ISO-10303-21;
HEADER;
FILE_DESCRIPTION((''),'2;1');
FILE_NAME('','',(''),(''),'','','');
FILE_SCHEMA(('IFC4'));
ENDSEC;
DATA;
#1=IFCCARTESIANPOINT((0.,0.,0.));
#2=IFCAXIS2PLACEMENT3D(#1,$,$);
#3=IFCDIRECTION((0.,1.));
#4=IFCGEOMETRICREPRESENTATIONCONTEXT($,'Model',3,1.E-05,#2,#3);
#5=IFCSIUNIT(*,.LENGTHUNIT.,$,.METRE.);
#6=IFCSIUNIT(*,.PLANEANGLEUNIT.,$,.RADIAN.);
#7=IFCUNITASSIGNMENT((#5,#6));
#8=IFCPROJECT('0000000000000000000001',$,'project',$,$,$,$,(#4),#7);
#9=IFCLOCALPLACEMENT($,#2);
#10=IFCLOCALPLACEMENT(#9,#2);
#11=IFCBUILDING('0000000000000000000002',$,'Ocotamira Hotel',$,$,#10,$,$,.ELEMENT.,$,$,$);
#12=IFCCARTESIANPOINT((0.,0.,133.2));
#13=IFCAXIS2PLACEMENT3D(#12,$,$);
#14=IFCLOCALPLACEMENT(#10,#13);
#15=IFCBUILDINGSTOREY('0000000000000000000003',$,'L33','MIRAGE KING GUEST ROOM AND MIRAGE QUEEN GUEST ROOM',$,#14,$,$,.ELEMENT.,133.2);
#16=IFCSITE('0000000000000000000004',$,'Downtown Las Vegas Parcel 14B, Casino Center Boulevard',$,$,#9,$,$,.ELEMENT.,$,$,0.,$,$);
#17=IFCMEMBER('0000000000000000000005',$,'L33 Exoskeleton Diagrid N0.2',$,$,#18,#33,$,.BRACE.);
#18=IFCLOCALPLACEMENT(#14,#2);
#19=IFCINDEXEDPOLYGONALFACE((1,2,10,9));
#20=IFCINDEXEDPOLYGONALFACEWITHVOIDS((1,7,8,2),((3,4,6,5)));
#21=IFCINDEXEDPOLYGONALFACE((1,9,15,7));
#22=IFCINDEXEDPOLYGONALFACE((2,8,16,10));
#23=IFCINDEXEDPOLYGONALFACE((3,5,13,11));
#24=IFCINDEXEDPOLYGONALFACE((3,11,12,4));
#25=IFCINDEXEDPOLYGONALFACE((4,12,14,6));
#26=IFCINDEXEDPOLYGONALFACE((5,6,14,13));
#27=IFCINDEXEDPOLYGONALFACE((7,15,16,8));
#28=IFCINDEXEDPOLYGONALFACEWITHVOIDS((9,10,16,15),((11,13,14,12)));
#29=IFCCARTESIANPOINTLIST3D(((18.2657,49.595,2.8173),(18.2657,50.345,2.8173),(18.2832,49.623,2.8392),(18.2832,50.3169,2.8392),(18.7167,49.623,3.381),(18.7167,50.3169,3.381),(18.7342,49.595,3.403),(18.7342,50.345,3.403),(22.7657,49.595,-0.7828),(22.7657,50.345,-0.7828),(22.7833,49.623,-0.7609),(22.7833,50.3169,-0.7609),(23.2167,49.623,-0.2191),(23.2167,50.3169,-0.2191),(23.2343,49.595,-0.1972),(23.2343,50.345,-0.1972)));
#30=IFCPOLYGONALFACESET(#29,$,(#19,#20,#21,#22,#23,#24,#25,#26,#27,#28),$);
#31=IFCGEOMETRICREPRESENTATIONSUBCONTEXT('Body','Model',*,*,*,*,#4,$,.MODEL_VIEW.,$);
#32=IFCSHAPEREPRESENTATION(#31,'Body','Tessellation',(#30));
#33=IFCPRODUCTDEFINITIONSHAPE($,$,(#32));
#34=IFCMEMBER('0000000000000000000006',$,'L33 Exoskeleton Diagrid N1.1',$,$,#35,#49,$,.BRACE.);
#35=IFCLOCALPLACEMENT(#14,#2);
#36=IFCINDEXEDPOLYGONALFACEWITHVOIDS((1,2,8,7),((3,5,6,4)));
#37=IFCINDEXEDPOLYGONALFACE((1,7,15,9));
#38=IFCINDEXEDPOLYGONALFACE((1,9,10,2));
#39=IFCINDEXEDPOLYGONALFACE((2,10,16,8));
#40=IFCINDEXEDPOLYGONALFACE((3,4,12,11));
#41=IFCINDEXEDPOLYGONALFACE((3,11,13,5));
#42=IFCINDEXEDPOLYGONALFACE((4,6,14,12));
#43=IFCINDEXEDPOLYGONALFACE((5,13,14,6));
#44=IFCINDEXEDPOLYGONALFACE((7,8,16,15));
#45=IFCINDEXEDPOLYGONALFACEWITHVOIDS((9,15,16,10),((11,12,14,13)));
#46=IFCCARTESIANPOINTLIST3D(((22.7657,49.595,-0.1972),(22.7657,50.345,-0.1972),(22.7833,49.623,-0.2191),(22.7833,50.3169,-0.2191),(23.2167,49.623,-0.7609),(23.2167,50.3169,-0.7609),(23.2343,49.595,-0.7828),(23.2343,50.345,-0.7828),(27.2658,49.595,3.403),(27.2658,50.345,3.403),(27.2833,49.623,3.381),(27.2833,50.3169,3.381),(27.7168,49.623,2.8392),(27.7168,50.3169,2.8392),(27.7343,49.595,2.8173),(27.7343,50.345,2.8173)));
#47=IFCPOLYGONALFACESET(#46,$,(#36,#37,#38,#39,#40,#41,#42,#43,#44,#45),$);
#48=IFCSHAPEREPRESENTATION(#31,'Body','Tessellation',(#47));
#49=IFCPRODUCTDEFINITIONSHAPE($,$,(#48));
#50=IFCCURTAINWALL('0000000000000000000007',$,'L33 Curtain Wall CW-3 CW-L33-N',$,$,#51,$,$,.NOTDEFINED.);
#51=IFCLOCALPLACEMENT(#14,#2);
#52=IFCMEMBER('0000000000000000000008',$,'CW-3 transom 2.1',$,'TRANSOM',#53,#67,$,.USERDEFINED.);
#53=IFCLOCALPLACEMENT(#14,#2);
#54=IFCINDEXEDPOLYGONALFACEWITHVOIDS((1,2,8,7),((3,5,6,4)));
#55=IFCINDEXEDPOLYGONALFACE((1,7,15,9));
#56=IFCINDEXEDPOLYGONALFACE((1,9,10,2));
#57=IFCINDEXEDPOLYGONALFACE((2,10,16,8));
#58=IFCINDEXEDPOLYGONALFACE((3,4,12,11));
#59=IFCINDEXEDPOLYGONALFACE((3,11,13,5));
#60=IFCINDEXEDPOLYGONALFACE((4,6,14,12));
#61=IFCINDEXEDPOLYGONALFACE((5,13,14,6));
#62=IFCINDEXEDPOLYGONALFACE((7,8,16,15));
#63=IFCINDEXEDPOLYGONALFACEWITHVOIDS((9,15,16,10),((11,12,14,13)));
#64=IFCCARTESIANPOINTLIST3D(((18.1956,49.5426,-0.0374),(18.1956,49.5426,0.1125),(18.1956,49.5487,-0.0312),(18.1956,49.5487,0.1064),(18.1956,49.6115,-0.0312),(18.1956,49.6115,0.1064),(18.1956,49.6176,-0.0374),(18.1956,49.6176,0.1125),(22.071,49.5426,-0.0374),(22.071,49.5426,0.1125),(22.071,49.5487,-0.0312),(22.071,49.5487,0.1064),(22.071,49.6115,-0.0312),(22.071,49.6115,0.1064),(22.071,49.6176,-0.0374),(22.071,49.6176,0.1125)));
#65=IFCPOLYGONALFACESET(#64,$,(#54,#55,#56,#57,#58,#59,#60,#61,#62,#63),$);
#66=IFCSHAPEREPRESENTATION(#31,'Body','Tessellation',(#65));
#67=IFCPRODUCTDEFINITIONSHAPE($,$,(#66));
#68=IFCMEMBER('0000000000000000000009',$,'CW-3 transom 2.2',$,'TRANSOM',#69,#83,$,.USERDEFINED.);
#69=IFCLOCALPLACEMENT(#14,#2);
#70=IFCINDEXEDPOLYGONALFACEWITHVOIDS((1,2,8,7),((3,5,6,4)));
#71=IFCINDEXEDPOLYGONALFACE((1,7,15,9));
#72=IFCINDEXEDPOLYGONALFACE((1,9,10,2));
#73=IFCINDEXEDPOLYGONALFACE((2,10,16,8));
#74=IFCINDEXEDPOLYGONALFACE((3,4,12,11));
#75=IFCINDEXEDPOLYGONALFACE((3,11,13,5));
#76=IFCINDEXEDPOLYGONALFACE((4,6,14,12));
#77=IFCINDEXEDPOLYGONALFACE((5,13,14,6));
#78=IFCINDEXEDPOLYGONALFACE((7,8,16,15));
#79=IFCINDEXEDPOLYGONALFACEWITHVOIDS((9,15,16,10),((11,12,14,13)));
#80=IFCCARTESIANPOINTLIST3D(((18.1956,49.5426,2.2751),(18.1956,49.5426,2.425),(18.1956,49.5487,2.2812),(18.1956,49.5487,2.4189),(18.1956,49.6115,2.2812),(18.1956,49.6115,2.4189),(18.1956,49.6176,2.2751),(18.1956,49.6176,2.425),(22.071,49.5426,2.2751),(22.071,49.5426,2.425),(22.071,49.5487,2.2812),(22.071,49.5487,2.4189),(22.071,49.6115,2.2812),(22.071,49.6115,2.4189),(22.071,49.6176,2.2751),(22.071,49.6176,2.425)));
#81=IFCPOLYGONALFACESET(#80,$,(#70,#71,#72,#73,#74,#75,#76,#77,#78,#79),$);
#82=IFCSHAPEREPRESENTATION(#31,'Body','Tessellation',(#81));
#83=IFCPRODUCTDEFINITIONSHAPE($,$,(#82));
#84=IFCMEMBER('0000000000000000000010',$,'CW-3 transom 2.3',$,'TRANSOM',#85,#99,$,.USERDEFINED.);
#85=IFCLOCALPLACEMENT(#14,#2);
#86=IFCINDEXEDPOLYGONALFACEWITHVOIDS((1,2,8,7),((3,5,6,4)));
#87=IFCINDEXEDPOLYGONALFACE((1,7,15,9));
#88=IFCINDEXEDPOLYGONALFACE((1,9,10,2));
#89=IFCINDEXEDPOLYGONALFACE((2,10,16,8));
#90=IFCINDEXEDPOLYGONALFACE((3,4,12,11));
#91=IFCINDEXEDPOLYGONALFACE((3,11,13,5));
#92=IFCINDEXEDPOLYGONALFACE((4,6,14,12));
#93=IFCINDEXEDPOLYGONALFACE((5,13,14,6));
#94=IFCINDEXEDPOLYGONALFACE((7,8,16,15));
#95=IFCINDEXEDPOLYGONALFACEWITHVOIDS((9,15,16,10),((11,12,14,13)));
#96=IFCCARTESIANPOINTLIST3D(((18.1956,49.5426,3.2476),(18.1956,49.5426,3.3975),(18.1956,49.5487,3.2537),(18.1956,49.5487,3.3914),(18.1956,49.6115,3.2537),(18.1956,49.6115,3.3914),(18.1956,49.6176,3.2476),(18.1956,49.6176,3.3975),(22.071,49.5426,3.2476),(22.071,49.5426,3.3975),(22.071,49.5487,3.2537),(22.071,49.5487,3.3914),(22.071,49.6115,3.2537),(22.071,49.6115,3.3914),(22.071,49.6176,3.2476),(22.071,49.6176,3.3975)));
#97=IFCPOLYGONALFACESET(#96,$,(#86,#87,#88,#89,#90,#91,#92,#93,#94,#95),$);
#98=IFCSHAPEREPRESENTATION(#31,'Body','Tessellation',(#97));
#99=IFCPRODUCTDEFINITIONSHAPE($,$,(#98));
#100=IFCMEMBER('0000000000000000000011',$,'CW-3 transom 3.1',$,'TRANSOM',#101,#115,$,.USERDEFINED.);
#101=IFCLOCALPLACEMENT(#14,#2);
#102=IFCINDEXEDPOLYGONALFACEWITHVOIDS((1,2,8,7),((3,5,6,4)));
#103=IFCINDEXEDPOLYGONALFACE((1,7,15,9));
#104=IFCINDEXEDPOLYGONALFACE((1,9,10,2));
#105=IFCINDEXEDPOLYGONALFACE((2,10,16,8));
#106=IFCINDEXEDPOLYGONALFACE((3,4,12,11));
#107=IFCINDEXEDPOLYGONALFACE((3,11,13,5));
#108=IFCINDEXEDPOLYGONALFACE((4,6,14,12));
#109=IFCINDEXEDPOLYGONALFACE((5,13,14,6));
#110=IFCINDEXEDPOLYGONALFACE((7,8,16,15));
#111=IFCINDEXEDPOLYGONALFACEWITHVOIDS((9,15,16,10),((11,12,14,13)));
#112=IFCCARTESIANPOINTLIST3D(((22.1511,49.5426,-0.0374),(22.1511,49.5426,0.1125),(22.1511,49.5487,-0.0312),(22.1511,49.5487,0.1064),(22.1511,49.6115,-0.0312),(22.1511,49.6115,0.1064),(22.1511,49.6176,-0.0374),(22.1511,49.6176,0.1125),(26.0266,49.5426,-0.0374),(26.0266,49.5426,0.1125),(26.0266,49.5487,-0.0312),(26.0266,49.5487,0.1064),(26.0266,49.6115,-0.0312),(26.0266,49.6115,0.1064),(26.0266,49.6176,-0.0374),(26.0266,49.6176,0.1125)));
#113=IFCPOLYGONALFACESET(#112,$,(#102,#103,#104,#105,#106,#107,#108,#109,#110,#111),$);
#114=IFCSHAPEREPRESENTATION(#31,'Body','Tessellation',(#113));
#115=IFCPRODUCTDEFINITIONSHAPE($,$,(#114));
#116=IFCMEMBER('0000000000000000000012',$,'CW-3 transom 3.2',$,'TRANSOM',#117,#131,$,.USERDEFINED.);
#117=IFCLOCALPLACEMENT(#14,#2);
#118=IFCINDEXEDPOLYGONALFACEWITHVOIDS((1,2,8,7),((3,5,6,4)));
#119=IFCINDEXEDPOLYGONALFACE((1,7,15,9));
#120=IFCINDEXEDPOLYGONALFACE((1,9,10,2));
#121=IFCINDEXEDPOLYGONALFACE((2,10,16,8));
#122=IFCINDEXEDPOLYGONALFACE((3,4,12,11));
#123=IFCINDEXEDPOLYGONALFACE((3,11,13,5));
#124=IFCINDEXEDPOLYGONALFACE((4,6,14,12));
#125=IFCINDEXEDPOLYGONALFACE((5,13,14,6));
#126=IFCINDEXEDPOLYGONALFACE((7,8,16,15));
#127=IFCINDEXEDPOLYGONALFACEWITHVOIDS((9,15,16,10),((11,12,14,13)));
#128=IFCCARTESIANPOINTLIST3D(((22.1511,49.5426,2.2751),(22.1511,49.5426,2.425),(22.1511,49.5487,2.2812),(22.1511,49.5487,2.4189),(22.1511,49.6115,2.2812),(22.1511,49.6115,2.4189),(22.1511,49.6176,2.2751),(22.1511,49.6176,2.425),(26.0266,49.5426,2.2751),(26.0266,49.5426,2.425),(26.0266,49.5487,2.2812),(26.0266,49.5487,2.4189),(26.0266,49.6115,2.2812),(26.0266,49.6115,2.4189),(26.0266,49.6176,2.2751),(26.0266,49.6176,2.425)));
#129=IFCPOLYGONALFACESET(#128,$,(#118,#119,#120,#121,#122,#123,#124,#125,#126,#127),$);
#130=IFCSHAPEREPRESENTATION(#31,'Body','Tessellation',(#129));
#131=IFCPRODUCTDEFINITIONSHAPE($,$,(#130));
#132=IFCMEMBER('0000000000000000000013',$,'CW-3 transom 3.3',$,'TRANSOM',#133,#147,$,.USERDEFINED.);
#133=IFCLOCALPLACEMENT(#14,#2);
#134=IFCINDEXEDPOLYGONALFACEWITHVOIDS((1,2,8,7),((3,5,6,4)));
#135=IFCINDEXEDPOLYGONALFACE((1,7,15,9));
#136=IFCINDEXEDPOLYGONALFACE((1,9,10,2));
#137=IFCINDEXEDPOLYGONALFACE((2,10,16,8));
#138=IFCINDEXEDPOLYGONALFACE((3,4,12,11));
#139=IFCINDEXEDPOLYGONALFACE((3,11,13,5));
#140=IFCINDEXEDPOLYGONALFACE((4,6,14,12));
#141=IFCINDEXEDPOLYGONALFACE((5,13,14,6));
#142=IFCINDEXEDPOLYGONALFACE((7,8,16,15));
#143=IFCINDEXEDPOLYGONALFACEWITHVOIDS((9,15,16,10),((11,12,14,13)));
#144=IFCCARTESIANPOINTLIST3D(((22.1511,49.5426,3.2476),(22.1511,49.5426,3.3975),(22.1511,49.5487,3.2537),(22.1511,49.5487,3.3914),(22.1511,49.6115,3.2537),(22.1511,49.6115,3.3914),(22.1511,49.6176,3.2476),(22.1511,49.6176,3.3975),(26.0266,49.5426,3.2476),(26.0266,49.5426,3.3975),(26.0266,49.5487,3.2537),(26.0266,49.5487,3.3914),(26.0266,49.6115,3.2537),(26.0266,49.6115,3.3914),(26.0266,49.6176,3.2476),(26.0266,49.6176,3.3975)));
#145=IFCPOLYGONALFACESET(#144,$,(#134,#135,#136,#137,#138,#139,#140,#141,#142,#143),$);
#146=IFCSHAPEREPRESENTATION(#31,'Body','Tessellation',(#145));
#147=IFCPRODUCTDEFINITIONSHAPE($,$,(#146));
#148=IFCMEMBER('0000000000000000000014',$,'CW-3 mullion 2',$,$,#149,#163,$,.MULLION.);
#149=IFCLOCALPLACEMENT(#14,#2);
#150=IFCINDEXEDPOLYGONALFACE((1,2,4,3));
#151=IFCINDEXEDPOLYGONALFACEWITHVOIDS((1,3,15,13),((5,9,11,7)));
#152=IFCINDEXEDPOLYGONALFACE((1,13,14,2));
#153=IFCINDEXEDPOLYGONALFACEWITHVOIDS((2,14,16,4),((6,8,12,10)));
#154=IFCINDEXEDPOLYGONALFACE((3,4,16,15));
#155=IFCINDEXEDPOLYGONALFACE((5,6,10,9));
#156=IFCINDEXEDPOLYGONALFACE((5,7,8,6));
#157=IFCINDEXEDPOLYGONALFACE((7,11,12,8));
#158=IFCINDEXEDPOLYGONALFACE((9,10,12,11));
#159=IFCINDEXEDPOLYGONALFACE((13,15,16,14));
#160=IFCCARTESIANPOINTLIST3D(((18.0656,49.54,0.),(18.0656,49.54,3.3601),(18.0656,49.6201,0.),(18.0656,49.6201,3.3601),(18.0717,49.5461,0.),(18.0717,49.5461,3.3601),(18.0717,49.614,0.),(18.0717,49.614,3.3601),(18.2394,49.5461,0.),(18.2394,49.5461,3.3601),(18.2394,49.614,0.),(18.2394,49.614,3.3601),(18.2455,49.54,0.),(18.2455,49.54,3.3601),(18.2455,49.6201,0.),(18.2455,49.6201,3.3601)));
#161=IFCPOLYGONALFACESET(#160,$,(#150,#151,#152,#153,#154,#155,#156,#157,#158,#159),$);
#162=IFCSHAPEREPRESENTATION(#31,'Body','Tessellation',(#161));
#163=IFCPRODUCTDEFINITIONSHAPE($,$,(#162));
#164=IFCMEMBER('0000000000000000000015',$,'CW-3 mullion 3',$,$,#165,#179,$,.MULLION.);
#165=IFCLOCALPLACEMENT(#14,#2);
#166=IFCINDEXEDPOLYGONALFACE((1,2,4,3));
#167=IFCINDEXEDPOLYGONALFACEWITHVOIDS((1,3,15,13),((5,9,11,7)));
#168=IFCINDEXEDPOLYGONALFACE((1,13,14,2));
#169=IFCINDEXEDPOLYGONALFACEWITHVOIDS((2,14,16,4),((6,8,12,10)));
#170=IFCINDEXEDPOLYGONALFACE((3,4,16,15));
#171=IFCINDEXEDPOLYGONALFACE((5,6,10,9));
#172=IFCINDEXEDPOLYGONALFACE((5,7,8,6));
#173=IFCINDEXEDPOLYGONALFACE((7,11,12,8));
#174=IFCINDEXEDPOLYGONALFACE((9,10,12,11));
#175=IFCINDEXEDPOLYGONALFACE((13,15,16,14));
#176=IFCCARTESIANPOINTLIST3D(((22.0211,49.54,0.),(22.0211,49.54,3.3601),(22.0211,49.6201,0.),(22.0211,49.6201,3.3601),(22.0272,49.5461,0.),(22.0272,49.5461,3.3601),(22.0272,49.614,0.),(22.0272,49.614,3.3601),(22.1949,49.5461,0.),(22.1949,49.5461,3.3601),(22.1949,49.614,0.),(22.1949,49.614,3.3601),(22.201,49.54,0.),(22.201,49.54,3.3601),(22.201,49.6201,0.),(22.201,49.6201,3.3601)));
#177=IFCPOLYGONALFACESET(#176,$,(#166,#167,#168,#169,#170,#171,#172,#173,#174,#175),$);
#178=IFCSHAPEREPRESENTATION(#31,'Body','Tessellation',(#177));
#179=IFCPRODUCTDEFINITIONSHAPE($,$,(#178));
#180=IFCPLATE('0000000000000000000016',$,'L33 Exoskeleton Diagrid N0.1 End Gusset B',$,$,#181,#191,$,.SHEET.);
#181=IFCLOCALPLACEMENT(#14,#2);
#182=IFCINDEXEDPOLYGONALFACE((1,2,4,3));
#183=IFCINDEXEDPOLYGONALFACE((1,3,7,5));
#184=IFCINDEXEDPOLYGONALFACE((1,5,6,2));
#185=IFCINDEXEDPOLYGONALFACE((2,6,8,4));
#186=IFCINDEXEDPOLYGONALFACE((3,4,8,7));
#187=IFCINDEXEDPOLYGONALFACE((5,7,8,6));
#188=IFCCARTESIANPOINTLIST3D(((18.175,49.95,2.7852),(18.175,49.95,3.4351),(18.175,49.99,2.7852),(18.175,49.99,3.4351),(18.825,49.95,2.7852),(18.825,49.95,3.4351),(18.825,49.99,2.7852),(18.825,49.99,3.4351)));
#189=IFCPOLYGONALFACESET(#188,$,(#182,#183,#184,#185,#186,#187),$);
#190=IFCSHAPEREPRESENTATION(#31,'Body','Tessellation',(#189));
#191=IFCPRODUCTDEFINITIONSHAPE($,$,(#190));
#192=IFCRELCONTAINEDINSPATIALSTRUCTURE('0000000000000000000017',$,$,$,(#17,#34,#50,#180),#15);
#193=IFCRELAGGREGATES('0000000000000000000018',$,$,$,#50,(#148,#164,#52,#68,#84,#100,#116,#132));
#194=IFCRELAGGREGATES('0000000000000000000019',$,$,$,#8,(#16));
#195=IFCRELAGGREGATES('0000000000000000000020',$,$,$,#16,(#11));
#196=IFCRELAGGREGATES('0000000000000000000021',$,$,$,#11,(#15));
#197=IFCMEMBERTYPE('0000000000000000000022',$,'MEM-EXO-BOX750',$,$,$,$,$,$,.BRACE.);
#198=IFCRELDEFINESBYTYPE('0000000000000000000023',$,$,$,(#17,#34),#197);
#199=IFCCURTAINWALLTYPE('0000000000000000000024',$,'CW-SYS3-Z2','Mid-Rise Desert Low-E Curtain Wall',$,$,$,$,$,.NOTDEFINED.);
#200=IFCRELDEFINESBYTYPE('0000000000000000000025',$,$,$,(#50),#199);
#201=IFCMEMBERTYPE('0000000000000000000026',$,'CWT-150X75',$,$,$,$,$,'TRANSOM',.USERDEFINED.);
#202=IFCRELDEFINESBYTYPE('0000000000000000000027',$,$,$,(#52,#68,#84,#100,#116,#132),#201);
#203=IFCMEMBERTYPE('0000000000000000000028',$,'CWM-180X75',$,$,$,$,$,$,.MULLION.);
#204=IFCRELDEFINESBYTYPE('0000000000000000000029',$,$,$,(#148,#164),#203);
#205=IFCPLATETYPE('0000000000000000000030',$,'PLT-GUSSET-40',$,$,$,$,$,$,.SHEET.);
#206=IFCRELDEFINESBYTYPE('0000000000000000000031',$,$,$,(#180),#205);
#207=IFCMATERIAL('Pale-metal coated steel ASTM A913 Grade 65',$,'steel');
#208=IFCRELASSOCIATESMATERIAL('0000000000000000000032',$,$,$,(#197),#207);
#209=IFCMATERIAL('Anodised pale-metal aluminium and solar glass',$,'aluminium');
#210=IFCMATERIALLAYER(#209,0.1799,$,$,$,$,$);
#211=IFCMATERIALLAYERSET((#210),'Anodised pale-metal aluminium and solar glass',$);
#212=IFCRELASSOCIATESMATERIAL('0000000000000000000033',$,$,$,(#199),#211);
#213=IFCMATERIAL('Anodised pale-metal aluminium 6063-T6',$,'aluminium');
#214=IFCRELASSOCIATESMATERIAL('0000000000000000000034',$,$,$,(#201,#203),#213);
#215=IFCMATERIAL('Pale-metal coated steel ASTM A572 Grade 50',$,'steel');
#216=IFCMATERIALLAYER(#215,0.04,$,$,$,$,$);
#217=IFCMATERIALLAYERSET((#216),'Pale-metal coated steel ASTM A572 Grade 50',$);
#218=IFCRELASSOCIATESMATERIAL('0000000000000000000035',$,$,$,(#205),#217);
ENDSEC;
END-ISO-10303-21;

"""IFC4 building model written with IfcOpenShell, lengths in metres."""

from ifc_helpers import new_model, si_unit, direction, frame, origin, origin_2d, place, context, subcontext, project, spatial, rectangle, hollow_rectangle, extrude, source, transform, mapped, material, layer, layer_set, material_profile, profile_set, type_object, element, aggregate, save


model = new_model("IFC4")

# Units and contexts
model_context = context("Model", 3, precision=1e-05, world=origin(), true_north=direction((0.0, 1.0)))
body_context = subcontext(model_context, "Body", "Model", "MODEL_VIEW")
ifc_project = project(units=[si_unit("LENGTHUNIT", "METRE"), si_unit("PLANEANGLEUNIT", "RADIAN")], contexts=[model_context])

# Site, building, storey
site_placement = place(None, origin())
site = spatial("IfcSite", under=ifc_project, at=site_placement, Name="Downtown Las Vegas Parcel 14B, Casino Center Boulevard", CompositionType="ELEMENT", RefElevation=0.0)
building_placement = place(site_placement, origin())
building = spatial("IfcBuilding", under=site, at=building_placement, Name="Ocotamira Hotel", CompositionType="ELEMENT")
storey_placement = place(building_placement, frame((0.0, 0.0, 133.2)))
storey = spatial("IfcBuildingStorey", under=building, at=storey_placement, Name="L33", Description="MIRAGE KING GUEST ROOM AND MIRAGE QUEEN GUEST ROOM", CompositionType="ELEMENT", Elevation=133.2)

# Members
ifc_material_1 = material(Name="Pale-metal coated steel ASTM A913 Grade 65", Category="steel")
ifc_material_profile_1 = material_profile(ifc_material_1, hollow_rectangle(XDim=0.75, YDim=0.75, WallThickness=0.0281, at=origin_2d()), Name="BOX750X750X28")
ifc_profile_set_1 = profile_set([ifc_material_profile_1], Name="Pale-metal coated steel ASTM A913 Grade 65")
member_type_1 = type_object("IfcMemberType", Name="MEM-EXO-BOX750", PredefinedType="BRACE", material=ifc_profile_set_1)
shared_shape_1 = source(origin(), body_context, "Body", "SweptSolid", [
    extrude(hollow_rectangle(XDim=0.75, YDim=0.75, WallThickness=0.0281, at=origin_2d()), origin(), (0.0, 0.0, 1.0), 5.7629),
])
for number, where, z_axis, x_axis, name in (
    (1, (23.0, 49.97, -0.49), (-0.780861, 0.0, 0.624705), (0.0, -1.0, 0.0), "L33 Exoskeleton Diagrid N0.2"),
    (2, (23.0, 49.97, -0.49), (0.780861, 0.0, 0.624705), (0.0, 1.0, 0.0), "L33 Exoskeleton Diagrid N1.1"),
):
    element("IfcMember", number, at=place(storey_placement, frame(where, z_axis=z_axis, x_axis=x_axis)), inside=storey, type_object=member_type_1, Name=name, PredefinedType="BRACE", context=body_context, shape_type="MappedRepresentation", body=[
        mapped(shared_shape_1, transform((0.0, 0.0, 0.0), scale=1.0)),
    ])

# Curtain wall, members
ifc_material_2 = material(Name="Anodised pale-metal aluminium and solar glass", Category="aluminium")
ifc_layer_1 = layer(ifc_material_2, 0.1799)
ifc_layer_set_1 = layer_set([ifc_layer_1], Name="Anodised pale-metal aluminium and solar glass")
curtain_wall_type = type_object("IfcCurtainWallType", Name="CW-SYS3-Z2", Description="Mid-Rise Desert Low-E Curtain Wall", PredefinedType="NOTDEFINED", material=ifc_layer_set_1)
curtain_wall_placement = place(storey_placement, origin())
curtain_wall = element("IfcCurtainWall", 3, at=curtain_wall_placement, inside=storey, type_object=curtain_wall_type, Name="L33 Curtain Wall CW-3 CW-L33-N", PredefinedType="NOTDEFINED")
ifc_material_3 = material(Name="Anodised pale-metal aluminium 6063-T6", Category="aluminium")
ifc_material_profile_2 = material_profile(ifc_material_3, hollow_rectangle(XDim=0.075, YDim=0.1499, WallThickness=0.0061, at=origin_2d()), Name="HSS150X75X6")
ifc_profile_set_2 = profile_set([ifc_material_profile_2], Name="Anodised pale-metal aluminium 6063-T6")
member_type_2 = type_object("IfcMemberType", Name="CWT-150X75", ElementType="TRANSOM", PredefinedType="USERDEFINED", material=ifc_profile_set_2)
shared_shape_2 = source(origin(), body_context, "Body", "SweptSolid", [
    extrude(hollow_rectangle(XDim=0.075, YDim=0.1499, WallThickness=0.0061, at=origin_2d()), origin(), (0.0, 0.0, 1.0), 3.8755),
])
member_1_placement = place(storey_placement, frame((18.1956, 49.5801, 0.0376), z_axis=(1.0, 0.0, 0.0), x_axis=(0.0, 1.0, 0.0)))
member_1 = element("IfcMember", 4, at=member_1_placement, type_object=member_type_2, Name="CW-3 transom 2.1", ObjectType="TRANSOM", PredefinedType="USERDEFINED", context=body_context, shape_type="MappedRepresentation", body=[
    mapped(shared_shape_2, transform((0.0, 0.0, 0.0), scale=1.0)),
])
member_2_placement = place(storey_placement, frame((18.1956, 49.5801, 2.3501), z_axis=(1.0, 0.0, 0.0), x_axis=(0.0, 1.0, 0.0)))
member_2 = element("IfcMember", 5, at=member_2_placement, type_object=member_type_2, Name="CW-3 transom 2.2", ObjectType="TRANSOM", PredefinedType="USERDEFINED", context=body_context, shape_type="MappedRepresentation", body=[
    mapped(shared_shape_2, transform((0.0, 0.0, 0.0), scale=1.0)),
])
member_3_placement = place(storey_placement, frame((18.1956, 49.5801, 3.3225), z_axis=(1.0, 0.0, 0.0), x_axis=(0.0, 1.0, 0.0)))
member_3 = element("IfcMember", 6, at=member_3_placement, type_object=member_type_2, Name="CW-3 transom 2.3", ObjectType="TRANSOM", PredefinedType="USERDEFINED", context=body_context, shape_type="MappedRepresentation", body=[
    mapped(shared_shape_2, transform((0.0, 0.0, 0.0), scale=1.0)),
])
member_4_placement = place(storey_placement, frame((22.1511, 49.5801, 0.0376), z_axis=(1.0, 0.0, 0.0), x_axis=(0.0, 1.0, 0.0)))
member_4 = element("IfcMember", 7, at=member_4_placement, type_object=member_type_2, Name="CW-3 transom 3.1", ObjectType="TRANSOM", PredefinedType="USERDEFINED", context=body_context, shape_type="MappedRepresentation", body=[
    mapped(shared_shape_2, transform((0.0, 0.0, 0.0), scale=1.0)),
])
member_5_placement = place(storey_placement, frame((22.1511, 49.5801, 2.3501), z_axis=(1.0, 0.0, 0.0), x_axis=(0.0, 1.0, 0.0)))
member_5 = element("IfcMember", 8, at=member_5_placement, type_object=member_type_2, Name="CW-3 transom 3.2", ObjectType="TRANSOM", PredefinedType="USERDEFINED", context=body_context, shape_type="MappedRepresentation", body=[
    mapped(shared_shape_2, transform((0.0, 0.0, 0.0), scale=1.0)),
])
member_6_placement = place(storey_placement, frame((22.1511, 49.5801, 3.3225), z_axis=(1.0, 0.0, 0.0), x_axis=(0.0, 1.0, 0.0)))
member_6 = element("IfcMember", 9, at=member_6_placement, type_object=member_type_2, Name="CW-3 transom 3.3", ObjectType="TRANSOM", PredefinedType="USERDEFINED", context=body_context, shape_type="MappedRepresentation", body=[
    mapped(shared_shape_2, transform((0.0, 0.0, 0.0), scale=1.0)),
])
ifc_material_profile_3 = material_profile(ifc_material_3, hollow_rectangle(XDim=0.0801, YDim=0.1799, WallThickness=0.0061, at=origin_2d()), Name="HSS180X80X6")
ifc_profile_set_3 = profile_set([ifc_material_profile_3], Name="Anodised pale-metal aluminium 6063-T6")
member_type_3 = type_object("IfcMemberType", Name="CWM-180X75", PredefinedType="MULLION", material=ifc_profile_set_3)
shared_shape_3 = source(origin(), body_context, "Body", "SweptSolid", [
    extrude(hollow_rectangle(XDim=0.0801, YDim=0.1799, WallThickness=0.0061, at=origin_2d()), origin(), (0.0, 0.0, 1.0), 3.3601),
])
member_7_placement = place(storey_placement, frame((18.1555, 49.5801, 0.0), z_axis=(0.0, 0.0, 1.0), x_axis=(0.0, 1.0, 0.0)))
member_7 = element("IfcMember", 10, at=member_7_placement, type_object=member_type_3, Name="CW-3 mullion 2", PredefinedType="MULLION", context=body_context, shape_type="MappedRepresentation", body=[
    mapped(shared_shape_3, transform((0.0, 0.0, 0.0), scale=1.0)),
])
member_8_placement = place(storey_placement, frame((22.1111, 49.5801, 0.0), z_axis=(0.0, 0.0, 1.0), x_axis=(0.0, 1.0, 0.0)))
member_8 = element("IfcMember", 11, at=member_8_placement, type_object=member_type_3, Name="CW-3 mullion 3", PredefinedType="MULLION", context=body_context, shape_type="MappedRepresentation", body=[
    mapped(shared_shape_3, transform((0.0, 0.0, 0.0), scale=1.0)),
])

# Plate
ifc_material_4 = material(Name="Pale-metal coated steel ASTM A572 Grade 50", Category="steel")
ifc_layer_2 = layer(ifc_material_4, 0.04)
ifc_layer_set_2 = layer_set([ifc_layer_2], Name="Pale-metal coated steel ASTM A572 Grade 50")
plate_type_1 = type_object("IfcPlateType", Name="PLT-GUSSET-40", PredefinedType="SHEET", material=ifc_layer_set_2)
shared_shape_4 = source(origin(), body_context, "Body", "SweptSolid", [
    extrude(rectangle(XDim=0.6499, YDim=0.04, at=origin_2d()), origin(), (0.0, 0.0, 1.0), 0.6499),
])
plate_1_placement = place(storey_placement, frame((18.5, 49.97, 2.7852), z_axis=(0.0, 0.0, 1.0), x_axis=(1.0, 0.0, 0.0)))
element("IfcPlate", 12, at=plate_1_placement, inside=storey, type_object=plate_type_1, Name="L33 Exoskeleton Diagrid N0.1 End Gusset B", PredefinedType="SHEET", context=body_context, shape_type="MappedRepresentation", body=[
    mapped(shared_shape_4, transform((0.0, 0.0, 0.0), scale=1.0)),
])
aggregate(curtain_wall, [member_7, member_8, member_1, member_2, member_3, member_4, member_5, member_6])

save(model, "model.ifc")
